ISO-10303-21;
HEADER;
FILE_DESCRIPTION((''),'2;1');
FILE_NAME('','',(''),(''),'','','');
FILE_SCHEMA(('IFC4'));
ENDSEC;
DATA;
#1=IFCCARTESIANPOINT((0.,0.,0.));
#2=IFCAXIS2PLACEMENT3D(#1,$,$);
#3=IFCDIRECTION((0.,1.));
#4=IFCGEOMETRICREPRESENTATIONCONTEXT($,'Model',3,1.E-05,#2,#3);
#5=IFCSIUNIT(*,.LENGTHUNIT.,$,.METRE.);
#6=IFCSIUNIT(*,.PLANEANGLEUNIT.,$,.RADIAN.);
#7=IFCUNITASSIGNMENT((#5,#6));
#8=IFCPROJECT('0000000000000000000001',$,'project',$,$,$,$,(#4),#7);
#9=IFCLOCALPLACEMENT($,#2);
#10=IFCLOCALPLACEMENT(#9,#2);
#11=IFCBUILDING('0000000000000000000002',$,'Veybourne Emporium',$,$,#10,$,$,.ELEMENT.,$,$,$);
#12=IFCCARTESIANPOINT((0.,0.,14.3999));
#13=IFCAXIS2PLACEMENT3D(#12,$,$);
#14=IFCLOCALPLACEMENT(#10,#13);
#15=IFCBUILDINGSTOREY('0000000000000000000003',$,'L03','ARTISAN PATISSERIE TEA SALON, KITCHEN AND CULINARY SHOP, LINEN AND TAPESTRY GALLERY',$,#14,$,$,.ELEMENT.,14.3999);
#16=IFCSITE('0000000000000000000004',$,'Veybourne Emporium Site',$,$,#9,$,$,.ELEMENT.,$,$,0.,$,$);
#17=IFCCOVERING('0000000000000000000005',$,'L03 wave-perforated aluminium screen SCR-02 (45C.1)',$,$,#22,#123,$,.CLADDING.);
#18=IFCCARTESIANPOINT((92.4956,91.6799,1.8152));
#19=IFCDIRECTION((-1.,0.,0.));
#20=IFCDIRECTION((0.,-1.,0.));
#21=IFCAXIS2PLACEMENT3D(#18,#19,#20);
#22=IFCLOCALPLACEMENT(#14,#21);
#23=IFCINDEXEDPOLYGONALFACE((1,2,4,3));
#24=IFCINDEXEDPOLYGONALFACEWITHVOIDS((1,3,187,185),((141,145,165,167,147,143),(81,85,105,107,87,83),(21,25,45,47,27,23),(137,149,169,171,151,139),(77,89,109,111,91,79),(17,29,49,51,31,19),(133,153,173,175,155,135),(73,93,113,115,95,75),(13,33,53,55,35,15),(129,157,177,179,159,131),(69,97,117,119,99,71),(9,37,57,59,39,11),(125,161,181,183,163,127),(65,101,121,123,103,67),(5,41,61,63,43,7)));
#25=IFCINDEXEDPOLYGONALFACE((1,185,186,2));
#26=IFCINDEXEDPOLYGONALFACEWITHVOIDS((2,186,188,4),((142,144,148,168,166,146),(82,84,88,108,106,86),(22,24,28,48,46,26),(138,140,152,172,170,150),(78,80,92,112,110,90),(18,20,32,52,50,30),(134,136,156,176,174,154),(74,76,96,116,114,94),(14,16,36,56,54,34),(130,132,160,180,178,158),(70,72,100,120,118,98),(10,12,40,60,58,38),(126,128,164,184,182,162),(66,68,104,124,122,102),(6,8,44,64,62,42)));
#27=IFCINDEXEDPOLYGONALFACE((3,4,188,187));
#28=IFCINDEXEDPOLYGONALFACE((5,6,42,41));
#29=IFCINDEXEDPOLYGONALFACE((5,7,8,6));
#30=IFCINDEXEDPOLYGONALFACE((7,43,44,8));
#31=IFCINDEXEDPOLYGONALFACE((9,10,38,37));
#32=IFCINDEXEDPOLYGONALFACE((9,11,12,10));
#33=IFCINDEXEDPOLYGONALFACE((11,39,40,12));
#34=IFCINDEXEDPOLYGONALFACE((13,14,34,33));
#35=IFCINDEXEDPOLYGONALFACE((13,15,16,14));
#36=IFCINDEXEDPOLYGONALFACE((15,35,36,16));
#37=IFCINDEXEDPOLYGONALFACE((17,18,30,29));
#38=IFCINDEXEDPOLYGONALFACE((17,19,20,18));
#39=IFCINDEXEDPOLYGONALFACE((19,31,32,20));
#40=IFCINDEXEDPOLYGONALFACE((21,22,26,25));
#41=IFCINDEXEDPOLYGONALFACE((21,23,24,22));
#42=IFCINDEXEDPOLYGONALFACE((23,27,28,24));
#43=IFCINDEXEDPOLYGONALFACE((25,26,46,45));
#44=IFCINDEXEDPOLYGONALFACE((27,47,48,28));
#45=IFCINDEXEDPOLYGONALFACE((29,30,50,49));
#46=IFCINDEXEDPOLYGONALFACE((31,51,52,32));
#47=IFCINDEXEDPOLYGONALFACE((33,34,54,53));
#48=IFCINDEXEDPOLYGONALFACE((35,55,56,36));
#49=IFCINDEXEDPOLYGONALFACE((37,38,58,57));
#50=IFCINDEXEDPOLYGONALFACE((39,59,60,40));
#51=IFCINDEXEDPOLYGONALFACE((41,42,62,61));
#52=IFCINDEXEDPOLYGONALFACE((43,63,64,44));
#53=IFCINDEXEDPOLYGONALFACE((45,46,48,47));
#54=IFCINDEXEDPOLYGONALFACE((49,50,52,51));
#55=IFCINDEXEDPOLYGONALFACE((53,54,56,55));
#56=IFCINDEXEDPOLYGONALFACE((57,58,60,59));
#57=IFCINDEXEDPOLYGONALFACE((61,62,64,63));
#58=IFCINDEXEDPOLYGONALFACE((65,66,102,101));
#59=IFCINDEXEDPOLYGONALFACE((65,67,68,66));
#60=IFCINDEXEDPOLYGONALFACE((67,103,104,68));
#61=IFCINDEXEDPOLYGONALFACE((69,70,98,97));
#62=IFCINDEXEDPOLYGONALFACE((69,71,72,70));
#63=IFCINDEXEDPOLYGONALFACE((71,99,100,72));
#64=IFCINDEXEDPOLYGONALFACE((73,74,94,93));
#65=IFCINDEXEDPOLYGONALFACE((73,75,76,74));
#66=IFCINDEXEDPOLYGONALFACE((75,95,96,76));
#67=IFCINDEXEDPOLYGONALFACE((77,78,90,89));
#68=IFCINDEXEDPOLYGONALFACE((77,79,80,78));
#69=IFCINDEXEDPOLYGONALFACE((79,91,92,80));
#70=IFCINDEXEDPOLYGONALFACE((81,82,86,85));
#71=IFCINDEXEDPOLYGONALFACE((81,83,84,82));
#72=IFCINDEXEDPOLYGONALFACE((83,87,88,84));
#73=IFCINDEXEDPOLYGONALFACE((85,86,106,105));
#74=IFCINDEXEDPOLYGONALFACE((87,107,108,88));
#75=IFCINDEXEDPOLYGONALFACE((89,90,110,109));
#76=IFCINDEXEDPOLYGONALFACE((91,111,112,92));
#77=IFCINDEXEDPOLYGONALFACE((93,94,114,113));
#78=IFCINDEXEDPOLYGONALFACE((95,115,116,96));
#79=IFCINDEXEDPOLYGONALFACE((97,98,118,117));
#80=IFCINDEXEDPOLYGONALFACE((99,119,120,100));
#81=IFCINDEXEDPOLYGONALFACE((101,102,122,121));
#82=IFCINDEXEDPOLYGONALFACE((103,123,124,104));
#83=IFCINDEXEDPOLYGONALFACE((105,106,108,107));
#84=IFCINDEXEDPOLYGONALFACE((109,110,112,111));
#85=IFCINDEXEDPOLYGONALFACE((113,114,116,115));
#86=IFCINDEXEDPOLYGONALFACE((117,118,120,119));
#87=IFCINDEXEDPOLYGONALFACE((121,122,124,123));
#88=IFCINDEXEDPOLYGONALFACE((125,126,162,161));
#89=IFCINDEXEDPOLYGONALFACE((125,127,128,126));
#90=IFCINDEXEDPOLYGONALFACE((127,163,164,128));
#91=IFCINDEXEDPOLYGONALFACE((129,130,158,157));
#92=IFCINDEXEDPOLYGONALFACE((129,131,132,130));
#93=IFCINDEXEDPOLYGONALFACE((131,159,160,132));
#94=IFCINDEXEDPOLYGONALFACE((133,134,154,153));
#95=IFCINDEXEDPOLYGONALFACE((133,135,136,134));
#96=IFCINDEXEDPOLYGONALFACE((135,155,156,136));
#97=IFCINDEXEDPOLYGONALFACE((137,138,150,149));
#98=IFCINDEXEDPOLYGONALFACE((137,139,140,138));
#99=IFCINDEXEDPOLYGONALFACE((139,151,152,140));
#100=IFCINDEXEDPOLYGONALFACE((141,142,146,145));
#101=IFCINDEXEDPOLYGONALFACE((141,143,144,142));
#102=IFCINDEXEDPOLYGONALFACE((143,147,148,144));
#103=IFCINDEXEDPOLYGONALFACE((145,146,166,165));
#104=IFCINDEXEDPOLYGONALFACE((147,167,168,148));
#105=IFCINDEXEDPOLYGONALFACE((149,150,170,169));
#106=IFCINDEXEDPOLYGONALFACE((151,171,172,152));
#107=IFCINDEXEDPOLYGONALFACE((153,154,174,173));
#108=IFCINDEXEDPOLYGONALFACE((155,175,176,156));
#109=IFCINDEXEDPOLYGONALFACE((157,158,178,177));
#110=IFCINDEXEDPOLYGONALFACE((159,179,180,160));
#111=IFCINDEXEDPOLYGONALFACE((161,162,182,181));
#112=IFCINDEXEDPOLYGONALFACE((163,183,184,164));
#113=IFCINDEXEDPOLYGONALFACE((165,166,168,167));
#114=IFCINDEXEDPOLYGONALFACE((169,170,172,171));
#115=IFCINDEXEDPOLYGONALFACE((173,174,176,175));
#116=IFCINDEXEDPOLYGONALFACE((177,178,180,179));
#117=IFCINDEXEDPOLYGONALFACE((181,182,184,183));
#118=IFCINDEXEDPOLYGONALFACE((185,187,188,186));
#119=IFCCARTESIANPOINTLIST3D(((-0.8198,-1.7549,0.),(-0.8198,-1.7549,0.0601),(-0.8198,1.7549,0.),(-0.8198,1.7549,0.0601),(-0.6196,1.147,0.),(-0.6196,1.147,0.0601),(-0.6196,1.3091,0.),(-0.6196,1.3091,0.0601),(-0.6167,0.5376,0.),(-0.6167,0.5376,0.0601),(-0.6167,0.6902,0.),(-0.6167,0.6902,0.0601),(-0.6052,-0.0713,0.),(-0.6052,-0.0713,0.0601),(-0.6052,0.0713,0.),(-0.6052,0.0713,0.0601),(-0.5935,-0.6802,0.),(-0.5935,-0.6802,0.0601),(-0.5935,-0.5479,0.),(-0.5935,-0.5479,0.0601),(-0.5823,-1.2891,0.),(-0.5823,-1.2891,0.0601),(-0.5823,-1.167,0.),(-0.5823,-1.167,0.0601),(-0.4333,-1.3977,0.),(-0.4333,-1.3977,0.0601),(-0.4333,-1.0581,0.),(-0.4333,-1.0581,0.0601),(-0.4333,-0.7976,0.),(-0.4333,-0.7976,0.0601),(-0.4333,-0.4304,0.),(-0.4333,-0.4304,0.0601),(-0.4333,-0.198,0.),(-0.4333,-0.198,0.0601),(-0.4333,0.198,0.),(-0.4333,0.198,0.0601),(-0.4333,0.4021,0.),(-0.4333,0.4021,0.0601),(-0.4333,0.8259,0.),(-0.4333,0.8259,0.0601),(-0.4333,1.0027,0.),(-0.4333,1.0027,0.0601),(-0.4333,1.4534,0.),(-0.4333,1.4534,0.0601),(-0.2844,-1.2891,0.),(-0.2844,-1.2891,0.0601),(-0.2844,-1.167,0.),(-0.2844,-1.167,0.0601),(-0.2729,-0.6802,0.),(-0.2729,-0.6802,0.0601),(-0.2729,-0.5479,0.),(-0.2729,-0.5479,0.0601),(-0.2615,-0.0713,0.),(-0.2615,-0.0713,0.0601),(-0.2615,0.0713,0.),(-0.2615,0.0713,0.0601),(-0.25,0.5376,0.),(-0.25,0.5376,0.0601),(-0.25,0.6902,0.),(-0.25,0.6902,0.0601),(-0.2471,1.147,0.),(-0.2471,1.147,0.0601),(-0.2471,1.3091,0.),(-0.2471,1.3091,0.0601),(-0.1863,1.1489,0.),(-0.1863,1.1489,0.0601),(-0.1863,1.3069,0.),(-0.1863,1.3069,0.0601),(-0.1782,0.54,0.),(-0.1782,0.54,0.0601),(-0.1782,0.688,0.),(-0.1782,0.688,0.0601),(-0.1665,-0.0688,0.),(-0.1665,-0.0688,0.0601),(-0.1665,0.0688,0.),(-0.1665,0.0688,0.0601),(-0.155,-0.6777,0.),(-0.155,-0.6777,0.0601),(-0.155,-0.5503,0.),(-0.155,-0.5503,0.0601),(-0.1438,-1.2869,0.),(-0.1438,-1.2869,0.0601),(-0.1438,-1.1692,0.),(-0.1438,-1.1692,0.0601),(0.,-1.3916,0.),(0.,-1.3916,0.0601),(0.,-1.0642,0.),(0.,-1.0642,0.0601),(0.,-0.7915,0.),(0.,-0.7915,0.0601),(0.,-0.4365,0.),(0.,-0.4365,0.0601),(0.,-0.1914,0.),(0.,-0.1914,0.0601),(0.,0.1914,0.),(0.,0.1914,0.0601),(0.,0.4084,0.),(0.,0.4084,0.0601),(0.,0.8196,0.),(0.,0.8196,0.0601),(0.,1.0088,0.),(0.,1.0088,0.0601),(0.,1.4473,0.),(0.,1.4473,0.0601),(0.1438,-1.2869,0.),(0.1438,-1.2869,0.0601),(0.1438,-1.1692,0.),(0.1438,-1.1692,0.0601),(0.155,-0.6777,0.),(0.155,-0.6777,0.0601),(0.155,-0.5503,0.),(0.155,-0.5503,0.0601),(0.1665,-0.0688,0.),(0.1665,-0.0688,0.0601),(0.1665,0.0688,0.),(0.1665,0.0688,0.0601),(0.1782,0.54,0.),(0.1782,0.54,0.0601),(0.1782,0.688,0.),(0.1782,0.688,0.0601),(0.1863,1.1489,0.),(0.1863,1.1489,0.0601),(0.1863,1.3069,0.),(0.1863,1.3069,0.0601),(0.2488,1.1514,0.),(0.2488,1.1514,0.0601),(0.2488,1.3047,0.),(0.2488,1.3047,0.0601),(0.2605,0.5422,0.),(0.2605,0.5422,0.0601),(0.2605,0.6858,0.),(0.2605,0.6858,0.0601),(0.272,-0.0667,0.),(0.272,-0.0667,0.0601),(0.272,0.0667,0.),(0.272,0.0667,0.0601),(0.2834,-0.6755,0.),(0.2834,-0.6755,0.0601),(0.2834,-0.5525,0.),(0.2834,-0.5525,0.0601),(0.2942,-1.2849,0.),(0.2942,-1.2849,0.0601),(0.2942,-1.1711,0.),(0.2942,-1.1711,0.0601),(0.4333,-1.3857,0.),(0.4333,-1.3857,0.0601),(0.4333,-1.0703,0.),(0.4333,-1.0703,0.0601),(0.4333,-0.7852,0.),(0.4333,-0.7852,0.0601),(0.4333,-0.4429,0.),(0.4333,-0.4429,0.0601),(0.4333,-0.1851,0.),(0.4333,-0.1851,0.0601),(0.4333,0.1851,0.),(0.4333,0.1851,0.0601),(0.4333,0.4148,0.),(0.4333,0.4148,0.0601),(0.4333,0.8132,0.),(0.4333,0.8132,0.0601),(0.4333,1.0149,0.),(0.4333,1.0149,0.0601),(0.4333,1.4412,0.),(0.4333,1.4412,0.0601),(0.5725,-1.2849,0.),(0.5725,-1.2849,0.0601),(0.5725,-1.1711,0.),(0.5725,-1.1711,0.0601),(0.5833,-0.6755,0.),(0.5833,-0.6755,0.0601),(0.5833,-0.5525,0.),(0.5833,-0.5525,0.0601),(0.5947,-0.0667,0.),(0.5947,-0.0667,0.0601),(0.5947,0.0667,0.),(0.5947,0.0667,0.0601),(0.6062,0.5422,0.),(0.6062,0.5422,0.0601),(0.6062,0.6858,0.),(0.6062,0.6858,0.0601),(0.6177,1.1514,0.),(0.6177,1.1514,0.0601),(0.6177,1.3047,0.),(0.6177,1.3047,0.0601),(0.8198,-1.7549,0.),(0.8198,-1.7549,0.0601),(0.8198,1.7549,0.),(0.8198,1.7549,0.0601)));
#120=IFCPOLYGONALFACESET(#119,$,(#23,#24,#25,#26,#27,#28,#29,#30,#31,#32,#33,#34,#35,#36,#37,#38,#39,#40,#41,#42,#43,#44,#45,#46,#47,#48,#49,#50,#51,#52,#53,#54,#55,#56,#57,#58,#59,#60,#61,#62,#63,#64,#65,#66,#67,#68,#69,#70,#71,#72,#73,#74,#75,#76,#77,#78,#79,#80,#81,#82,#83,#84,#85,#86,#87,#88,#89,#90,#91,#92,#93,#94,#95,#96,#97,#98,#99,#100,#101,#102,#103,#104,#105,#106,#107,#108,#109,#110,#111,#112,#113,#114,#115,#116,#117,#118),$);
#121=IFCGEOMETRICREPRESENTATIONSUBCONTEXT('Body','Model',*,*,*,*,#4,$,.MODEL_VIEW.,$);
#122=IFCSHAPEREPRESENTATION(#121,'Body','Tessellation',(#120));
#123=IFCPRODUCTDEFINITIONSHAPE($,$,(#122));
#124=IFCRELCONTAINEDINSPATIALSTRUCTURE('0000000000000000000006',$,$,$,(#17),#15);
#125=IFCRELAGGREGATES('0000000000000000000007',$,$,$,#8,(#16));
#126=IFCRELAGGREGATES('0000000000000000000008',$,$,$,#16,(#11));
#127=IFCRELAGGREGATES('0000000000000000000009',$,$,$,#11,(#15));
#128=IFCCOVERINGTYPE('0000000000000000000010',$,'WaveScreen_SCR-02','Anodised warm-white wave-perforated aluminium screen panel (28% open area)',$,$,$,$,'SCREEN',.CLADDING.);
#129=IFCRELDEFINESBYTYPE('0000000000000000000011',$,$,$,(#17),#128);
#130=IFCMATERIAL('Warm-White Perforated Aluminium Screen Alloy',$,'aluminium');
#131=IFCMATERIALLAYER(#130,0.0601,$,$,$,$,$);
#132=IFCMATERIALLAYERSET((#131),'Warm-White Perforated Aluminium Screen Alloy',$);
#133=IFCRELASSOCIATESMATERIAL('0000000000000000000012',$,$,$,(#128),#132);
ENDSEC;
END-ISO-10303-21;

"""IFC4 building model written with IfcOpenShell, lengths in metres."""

from ifc_helpers import new_model, si_unit, direction, frame, origin, place, context, subcontext, project, spatial, polyline, outline, extrude, material, layer, layer_set, type_object, element, save


model = new_model("IFC4")

# Units and contexts
model_context = context("Model", 3, precision=1e-05, world=origin(), true_north=direction((0.0, 1.0)))
body_context = subcontext(model_context, "Body", "Model", "MODEL_VIEW")
ifc_project = project(units=[si_unit("LENGTHUNIT", "METRE"), si_unit("PLANEANGLEUNIT", "RADIAN")], contexts=[model_context])

# Site, building, storey
site_placement = place(None, origin())
site = spatial("IfcSite", under=ifc_project, at=site_placement, Name="Veybourne Emporium Site", CompositionType="ELEMENT", RefElevation=0.0)
building_placement = place(site_placement, origin())
building = spatial("IfcBuilding", under=site, at=building_placement, Name="Veybourne Emporium", CompositionType="ELEMENT")
storey_placement = place(building_placement, frame((0.0, 0.0, 14.3999)))
storey = spatial("IfcBuildingStorey", under=building, at=storey_placement, Name="L03", Description="ARTISAN PATISSERIE TEA SALON, KITCHEN AND CULINARY SHOP, LINEN AND TAPESTRY GALLERY", CompositionType="ELEMENT", Elevation=14.3999)

# Covering
ifc_material_1 = material(Name="Warm-White Perforated Aluminium Screen Alloy", Category="aluminium")
ifc_layer_1 = layer(ifc_material_1, 0.0601)
ifc_layer_set_1 = layer_set([ifc_layer_1], Name="Warm-White Perforated Aluminium Screen Alloy")
covering_type_1 = type_object("IfcCoveringType", Name="WaveScreen_SCR-02", Description="Anodised warm-white wave-perforated aluminium screen panel (28% open area)", ElementType="SCREEN", PredefinedType="CLADDING", material=ifc_layer_set_1)
covering_1_placement = place(storey_placement, frame((92.4956, 91.6799, 1.8152), z_axis=(-1.0, 0.0, 0.0), x_axis=(0.0, -1.0, 0.0)))
element("IfcCovering", 1, at=covering_1_placement, inside=storey, type_object=covering_type_1, Name="L03 wave-perforated aluminium screen SCR-02 (45C.1)", PredefinedType="CLADDING", context=body_context, shape_type="SweptSolid", body=[
    extrude(outline(polyline([(-0.8198, -1.7549), (0.8198, -1.7549), (0.8198, 1.7549), (-0.8198, 1.7549), (-0.8198, -1.7549)]), holes=[polyline([(-0.4333, -1.0581), (-0.2844, -1.167), (-0.2844, -1.2891), (-0.4333, -1.3977), (-0.5823, -1.2891), (-0.5823, -1.167), (-0.4333, -1.0581)]), polyline([(-0.4333, -0.4304), (-0.2729, -0.5479), (-0.2729, -0.6802), (-0.4333, -0.7976), (-0.5935, -0.6802), (-0.5935, -0.5479), (-0.4333, -0.4304)]), polyline([(-0.4333, 0.198), (-0.2615, 0.0713), (-0.2615, -0.0713), (-0.4333, -0.198), (-0.6052, -0.0713), (-0.6052, 0.0713), (-0.4333, 0.198)]), polyline([(-0.4333, 0.8259), (-0.25, 0.6902), (-0.25, 0.5376), (-0.4333, 0.4021), (-0.6167, 0.5376), (-0.6167, 0.6902), (-0.4333, 0.8259)]), polyline([(-0.4333, 1.4534), (-0.2471, 1.3091), (-0.2471, 1.147), (-0.4333, 1.0027), (-0.6196, 1.147), (-0.6196, 1.3091), (-0.4333, 1.4534)]), polyline([(0.0, -1.0642), (0.1438, -1.1692), (0.1438, -1.2869), (0.0, -1.3916), (-0.1438, -1.2869), (-0.1438, -1.1692), (0.0, -1.0642)]), polyline([(0.0, -0.4365), (0.155, -0.5503), (0.155, -0.6777), (0.0, -0.7915), (-0.155, -0.6777), (-0.155, -0.5503), (0.0, -0.4365)]), polyline([(0.0, 0.1914), (0.1665, 0.0688), (0.1665, -0.0688), (0.0, -0.1914), (-0.1665, -0.0688), (-0.1665, 0.0688), (0.0, 0.1914)]), polyline([(0.0, 0.8196), (0.1782, 0.688), (0.1782, 0.54), (0.0, 0.4084), (-0.1782, 0.54), (-0.1782, 0.688), (0.0, 0.8196)]), polyline([(0.0, 1.4473), (0.1863, 1.3069), (0.1863, 1.1489), (0.0, 1.0088), (-0.1863, 1.1489), (-0.1863, 1.3069), (0.0, 1.4473)]), polyline([(0.4333, -1.0703), (0.5725, -1.1711), (0.5725, -1.2849), (0.4333, -1.3857), (0.2942, -1.2849), (0.2942, -1.1711), (0.4333, -1.0703)]), polyline([(0.4333, -0.4429), (0.5833, -0.5525), (0.5833, -0.6755), (0.4333, -0.7852), (0.2834, -0.6755), (0.2834, -0.5525), (0.4333, -0.4429)]), polyline([(0.4333, 0.1851), (0.5947, 0.0667), (0.5947, -0.0667), (0.4333, -0.1851), (0.272, -0.0667), (0.272, 0.0667), (0.4333, 0.1851)]), polyline([(0.4333, 0.8132), (0.6062, 0.6858), (0.6062, 0.5422), (0.4333, 0.4148), (0.2605, 0.5422), (0.2605, 0.6858), (0.4333, 0.8132)]), polyline([(0.4333, 1.4412), (0.6177, 1.3047), (0.6177, 1.1514), (0.4333, 1.0149), (0.2488, 1.1514), (0.2488, 1.3047), (0.4333, 1.4412)])]), origin(), (0.0, 0.0, 1.0), 0.0601),
])

save(model, "model.ifc")
